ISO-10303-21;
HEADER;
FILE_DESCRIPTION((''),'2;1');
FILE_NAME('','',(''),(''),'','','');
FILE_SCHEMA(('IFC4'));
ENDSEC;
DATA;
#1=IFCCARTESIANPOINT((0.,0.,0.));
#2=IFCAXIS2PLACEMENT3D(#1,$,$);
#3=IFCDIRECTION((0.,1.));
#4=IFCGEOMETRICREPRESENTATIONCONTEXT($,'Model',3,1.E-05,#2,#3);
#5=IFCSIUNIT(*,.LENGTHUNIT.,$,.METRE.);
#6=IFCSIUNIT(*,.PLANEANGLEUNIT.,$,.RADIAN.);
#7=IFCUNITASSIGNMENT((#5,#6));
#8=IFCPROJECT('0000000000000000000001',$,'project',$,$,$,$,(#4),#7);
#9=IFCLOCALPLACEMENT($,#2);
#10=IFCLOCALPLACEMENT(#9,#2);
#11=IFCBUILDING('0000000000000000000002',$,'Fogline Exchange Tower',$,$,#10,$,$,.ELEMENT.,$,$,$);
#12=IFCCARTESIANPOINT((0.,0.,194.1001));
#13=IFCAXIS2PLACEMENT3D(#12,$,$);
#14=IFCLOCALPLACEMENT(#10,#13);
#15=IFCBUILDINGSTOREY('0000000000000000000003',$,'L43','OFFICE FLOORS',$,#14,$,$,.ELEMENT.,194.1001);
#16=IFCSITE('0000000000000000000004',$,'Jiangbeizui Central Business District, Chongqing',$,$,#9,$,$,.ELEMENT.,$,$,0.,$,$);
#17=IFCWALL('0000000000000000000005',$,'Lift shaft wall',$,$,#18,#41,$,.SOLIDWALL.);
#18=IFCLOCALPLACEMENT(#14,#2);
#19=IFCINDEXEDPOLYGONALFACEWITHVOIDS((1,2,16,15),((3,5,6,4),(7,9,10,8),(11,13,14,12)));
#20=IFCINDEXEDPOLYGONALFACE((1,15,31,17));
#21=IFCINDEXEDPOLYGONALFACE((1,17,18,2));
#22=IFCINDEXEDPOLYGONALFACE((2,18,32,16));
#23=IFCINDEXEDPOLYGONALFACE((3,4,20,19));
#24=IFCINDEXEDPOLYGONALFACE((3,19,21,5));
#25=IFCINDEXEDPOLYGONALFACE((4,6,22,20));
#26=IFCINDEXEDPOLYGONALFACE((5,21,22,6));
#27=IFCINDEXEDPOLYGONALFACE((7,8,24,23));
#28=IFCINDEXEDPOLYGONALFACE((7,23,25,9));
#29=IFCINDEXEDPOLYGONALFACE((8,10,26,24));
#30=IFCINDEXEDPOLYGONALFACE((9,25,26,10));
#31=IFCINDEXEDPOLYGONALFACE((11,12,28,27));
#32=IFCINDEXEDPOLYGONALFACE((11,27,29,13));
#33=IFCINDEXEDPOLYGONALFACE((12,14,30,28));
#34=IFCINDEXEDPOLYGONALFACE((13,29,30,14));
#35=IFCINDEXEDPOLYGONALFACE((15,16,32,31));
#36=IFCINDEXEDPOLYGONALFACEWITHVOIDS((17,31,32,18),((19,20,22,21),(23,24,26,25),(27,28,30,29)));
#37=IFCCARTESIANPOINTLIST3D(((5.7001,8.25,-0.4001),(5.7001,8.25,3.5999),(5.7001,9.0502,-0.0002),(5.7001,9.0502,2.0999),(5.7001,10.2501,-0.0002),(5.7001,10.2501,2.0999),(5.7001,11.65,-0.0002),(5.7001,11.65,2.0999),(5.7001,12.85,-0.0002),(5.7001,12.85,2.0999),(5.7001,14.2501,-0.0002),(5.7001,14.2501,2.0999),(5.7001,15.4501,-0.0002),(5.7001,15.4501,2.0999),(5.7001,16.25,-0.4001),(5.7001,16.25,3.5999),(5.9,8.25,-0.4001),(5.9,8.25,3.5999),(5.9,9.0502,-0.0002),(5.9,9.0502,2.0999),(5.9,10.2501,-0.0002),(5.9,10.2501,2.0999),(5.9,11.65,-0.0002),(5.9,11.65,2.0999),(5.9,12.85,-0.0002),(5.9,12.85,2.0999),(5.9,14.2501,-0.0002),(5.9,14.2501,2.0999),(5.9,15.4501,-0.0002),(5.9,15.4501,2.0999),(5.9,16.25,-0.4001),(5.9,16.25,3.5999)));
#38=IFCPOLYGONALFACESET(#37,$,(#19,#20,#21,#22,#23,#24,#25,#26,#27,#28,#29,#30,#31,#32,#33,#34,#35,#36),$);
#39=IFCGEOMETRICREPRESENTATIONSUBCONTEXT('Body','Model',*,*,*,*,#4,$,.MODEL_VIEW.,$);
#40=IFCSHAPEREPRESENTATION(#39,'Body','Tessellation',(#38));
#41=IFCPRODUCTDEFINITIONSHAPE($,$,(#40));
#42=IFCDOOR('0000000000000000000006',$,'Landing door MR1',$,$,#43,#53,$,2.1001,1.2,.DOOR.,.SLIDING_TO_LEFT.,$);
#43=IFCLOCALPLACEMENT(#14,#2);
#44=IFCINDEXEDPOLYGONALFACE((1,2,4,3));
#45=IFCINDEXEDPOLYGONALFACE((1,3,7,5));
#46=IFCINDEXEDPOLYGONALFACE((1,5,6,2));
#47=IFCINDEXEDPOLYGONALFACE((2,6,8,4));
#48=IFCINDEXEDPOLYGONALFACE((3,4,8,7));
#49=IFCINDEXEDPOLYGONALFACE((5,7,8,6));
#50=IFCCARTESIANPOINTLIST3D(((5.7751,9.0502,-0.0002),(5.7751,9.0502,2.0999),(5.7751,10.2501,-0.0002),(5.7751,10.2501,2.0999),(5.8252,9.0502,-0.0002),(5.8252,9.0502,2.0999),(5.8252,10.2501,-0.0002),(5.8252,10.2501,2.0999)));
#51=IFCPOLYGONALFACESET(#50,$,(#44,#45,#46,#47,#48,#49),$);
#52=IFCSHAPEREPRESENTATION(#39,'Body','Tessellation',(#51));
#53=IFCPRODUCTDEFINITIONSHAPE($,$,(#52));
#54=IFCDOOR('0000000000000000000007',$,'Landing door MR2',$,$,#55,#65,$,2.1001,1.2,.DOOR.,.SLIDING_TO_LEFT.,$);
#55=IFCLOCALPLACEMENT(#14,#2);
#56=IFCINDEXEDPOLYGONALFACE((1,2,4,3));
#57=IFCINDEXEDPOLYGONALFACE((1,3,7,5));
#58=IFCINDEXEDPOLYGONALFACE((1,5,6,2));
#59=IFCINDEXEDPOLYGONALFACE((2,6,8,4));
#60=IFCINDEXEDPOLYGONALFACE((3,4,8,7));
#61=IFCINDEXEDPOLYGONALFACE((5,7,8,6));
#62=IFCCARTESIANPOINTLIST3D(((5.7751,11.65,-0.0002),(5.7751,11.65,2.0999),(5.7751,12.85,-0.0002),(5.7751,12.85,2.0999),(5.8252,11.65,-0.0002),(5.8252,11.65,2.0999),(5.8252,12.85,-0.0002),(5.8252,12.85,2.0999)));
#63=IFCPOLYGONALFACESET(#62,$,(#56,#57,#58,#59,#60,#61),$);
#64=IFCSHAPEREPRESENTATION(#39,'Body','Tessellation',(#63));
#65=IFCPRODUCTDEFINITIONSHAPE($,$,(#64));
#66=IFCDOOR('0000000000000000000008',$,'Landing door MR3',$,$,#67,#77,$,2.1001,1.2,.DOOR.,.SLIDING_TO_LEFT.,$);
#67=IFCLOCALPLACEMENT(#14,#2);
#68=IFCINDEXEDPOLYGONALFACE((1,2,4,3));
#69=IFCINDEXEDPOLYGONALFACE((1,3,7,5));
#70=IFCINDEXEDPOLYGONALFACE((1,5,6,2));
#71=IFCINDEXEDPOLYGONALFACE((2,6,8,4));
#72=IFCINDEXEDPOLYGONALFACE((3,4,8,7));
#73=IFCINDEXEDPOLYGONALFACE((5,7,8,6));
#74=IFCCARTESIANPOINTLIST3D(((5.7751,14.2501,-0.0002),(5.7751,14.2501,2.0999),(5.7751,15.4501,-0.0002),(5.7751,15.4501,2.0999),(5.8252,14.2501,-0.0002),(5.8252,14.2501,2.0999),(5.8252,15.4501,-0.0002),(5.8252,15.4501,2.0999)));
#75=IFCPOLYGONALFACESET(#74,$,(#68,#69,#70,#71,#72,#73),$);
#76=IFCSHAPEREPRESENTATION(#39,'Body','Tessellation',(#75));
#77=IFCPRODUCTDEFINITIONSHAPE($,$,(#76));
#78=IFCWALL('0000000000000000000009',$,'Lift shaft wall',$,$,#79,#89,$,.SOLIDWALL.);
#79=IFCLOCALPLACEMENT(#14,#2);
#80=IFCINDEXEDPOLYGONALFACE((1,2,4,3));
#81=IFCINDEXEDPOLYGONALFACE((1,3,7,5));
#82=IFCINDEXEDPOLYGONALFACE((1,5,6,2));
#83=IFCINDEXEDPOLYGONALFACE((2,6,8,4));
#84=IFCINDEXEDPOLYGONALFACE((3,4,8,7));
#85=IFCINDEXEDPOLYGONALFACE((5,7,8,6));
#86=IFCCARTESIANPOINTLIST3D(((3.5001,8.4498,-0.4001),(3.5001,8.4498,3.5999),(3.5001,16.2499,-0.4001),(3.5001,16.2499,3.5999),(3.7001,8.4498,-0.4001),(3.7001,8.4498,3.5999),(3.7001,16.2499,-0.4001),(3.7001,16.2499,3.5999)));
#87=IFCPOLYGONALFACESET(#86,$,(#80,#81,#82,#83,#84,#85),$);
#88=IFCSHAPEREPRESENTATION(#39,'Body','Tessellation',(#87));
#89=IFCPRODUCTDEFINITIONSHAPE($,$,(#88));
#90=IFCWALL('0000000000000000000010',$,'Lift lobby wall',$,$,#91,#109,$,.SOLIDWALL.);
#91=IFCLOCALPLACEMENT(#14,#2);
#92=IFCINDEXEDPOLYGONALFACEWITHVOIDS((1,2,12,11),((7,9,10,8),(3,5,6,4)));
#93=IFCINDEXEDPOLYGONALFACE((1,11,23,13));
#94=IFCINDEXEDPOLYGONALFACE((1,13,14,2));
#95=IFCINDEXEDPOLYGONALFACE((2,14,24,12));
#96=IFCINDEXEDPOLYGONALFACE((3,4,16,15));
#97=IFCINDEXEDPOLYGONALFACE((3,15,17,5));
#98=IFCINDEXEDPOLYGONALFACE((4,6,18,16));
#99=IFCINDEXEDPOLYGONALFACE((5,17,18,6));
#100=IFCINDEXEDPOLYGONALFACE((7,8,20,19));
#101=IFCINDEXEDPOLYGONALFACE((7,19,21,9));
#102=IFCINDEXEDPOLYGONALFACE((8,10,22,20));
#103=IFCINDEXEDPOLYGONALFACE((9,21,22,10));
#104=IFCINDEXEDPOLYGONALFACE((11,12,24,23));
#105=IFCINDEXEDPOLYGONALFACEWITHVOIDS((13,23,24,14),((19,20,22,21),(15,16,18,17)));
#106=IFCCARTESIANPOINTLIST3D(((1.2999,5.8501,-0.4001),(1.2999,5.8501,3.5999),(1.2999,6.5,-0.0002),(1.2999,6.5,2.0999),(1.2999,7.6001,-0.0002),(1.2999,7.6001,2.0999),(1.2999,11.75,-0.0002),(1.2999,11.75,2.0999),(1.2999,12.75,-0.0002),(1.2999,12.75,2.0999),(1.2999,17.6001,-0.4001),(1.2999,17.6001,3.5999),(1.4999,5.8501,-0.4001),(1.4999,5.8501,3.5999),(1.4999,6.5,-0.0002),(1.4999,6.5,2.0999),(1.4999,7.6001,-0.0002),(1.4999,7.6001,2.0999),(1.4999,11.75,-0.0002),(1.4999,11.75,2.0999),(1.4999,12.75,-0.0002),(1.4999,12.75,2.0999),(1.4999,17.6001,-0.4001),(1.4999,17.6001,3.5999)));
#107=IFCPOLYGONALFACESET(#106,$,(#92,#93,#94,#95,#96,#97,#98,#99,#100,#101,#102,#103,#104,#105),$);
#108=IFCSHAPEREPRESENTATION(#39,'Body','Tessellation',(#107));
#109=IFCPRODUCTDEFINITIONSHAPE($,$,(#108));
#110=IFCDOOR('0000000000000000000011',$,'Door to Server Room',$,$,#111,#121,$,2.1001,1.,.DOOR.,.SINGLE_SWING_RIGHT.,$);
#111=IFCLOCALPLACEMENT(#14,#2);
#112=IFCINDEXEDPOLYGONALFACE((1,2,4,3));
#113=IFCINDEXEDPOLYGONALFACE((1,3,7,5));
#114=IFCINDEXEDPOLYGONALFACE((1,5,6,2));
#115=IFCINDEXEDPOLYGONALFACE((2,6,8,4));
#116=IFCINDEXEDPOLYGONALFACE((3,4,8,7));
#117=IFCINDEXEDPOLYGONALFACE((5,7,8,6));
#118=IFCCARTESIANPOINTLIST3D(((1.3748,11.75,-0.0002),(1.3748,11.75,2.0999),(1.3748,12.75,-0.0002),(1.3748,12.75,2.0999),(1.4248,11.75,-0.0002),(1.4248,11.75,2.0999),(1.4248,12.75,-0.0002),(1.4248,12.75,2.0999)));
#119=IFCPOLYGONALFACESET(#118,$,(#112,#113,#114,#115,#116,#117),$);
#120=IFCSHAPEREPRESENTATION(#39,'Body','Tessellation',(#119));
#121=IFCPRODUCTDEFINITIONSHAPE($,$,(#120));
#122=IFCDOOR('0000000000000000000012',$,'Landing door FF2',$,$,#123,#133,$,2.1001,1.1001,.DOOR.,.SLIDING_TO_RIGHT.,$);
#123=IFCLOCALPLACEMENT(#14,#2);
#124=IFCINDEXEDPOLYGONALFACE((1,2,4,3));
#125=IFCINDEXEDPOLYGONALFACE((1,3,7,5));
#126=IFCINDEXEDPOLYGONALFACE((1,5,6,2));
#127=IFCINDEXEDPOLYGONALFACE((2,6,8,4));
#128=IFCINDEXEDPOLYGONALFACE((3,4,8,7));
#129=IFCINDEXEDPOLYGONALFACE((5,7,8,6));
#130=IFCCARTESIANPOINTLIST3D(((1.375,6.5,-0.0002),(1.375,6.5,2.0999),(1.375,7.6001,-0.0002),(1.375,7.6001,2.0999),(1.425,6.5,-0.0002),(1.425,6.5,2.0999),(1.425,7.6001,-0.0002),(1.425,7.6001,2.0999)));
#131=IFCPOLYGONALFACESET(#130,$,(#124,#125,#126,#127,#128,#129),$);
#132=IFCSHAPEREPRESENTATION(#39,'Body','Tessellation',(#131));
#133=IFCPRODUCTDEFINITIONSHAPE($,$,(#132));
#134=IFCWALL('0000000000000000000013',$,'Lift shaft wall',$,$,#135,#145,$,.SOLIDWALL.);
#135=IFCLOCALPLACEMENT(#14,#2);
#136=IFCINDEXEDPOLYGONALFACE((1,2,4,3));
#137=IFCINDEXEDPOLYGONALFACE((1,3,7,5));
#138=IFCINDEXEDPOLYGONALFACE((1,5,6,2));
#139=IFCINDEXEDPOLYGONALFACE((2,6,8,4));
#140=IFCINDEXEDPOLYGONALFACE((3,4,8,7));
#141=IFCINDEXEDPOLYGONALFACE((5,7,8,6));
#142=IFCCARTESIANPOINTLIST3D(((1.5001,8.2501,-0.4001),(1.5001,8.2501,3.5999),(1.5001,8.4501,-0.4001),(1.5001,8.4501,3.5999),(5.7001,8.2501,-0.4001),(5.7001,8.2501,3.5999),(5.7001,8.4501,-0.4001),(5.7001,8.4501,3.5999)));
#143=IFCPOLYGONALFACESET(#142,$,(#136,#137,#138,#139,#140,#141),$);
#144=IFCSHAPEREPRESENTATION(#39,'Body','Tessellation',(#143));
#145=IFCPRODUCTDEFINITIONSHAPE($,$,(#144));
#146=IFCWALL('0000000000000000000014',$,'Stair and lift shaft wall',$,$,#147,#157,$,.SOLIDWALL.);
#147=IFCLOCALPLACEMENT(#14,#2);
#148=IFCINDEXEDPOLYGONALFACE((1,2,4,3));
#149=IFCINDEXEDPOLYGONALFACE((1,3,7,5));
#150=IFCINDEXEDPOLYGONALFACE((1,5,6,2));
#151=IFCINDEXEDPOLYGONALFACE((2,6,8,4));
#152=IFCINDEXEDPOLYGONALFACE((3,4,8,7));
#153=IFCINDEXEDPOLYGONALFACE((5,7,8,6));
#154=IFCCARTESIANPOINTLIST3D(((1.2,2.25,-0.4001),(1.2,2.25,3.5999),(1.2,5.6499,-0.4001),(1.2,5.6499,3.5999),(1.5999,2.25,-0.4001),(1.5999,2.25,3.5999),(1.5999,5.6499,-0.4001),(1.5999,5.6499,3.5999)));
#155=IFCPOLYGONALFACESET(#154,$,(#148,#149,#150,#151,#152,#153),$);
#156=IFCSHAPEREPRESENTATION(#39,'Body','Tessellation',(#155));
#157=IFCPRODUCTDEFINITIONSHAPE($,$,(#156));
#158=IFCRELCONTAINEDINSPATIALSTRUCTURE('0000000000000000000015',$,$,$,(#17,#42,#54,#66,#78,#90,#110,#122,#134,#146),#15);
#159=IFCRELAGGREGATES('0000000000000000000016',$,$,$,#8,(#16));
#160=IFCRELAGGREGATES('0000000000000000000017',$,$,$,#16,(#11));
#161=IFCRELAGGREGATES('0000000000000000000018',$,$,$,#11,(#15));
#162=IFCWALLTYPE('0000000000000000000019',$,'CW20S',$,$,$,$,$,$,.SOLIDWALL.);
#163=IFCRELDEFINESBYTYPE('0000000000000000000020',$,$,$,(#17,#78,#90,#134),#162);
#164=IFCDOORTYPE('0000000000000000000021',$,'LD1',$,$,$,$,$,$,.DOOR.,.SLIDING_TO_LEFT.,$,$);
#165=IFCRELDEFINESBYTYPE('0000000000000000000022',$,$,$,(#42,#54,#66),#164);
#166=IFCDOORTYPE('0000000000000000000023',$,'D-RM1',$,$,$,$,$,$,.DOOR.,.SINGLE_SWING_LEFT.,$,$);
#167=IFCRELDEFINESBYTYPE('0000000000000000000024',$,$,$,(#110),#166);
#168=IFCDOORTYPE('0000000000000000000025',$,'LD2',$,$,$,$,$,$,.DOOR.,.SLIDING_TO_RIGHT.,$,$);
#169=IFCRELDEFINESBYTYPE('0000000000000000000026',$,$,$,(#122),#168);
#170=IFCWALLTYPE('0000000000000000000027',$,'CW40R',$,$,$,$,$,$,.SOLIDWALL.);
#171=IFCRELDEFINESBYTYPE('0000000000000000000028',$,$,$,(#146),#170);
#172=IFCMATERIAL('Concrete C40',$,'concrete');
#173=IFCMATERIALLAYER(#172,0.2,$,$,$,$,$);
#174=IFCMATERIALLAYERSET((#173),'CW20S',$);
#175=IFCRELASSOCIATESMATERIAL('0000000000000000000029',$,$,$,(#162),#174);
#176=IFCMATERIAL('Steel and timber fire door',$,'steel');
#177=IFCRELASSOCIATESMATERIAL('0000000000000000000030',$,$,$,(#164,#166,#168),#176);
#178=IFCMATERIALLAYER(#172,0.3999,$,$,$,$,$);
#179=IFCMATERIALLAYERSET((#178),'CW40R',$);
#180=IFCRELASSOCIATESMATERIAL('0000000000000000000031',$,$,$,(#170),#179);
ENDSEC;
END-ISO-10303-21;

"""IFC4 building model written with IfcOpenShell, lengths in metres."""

from ifc_helpers import new_model, si_unit, direction, frame, frame_2d, origin, place, context, subcontext, project, spatial, rectangle, extrude, material, layer, layer_set, type_object, element, fill, save


model = new_model("IFC4")

# Units and contexts
model_context = context("Model", 3, precision=1e-05, world=origin(), true_north=direction((0.0, 1.0)))
body_context = subcontext(model_context, "Body", "Model", "MODEL_VIEW")
ifc_project = project(units=[si_unit("LENGTHUNIT", "METRE"), si_unit("PLANEANGLEUNIT", "RADIAN")], contexts=[model_context])

# Site, building, storey
site_placement = place(None, origin())
site = spatial("IfcSite", under=ifc_project, at=site_placement, Name="Jiangbeizui Central Business District, Chongqing", CompositionType="ELEMENT", RefElevation=0.0)
building_placement = place(site_placement, origin())
building = spatial("IfcBuilding", under=site, at=building_placement, Name="Fogline Exchange Tower", CompositionType="ELEMENT")
storey_placement = place(building_placement, frame((0.0, 0.0, 194.1001)))
storey = spatial("IfcBuildingStorey", under=building, at=storey_placement, Name="L43", Description="OFFICE FLOORS", CompositionType="ELEMENT", Elevation=194.1001)

# Shared definitions
ifc_material_1 = material(Name="Concrete C40", Category="concrete")

# Shared definitions
ifc_material_2 = material(Name="Steel and timber fire door", Category="steel")

# Wall, openings, doors
ifc_layer_1 = layer(ifc_material_1, 0.2)
ifc_layer_set_1 = layer_set([ifc_layer_1], Name="CW20S")
wall_type_1 = type_object("IfcWallType", Name="CW20S", PredefinedType="SOLIDWALL", material=ifc_layer_set_1)
wall_1_placement = place(storey_placement, frame((5.8, 8.25, -0.4001), z_axis=(0.0, 0.0, 1.0), x_axis=(0.0, 1.0, 0.0)))
wall_1 = element("IfcWall", 1, at=wall_1_placement, inside=storey, type_object=wall_type_1, Name="Lift shaft wall", PredefinedType="SOLIDWALL", context=body_context, shape_type="SweptSolid", body=[
    extrude(rectangle(XDim=8.0, YDim=0.2, at=frame_2d((4.0, 0.0))), origin(), (0.0, 0.0, 1.0), 4.0),
])
opening_1_placement = place(wall_1_placement, frame((0.8, 0.0, 0.3999)))
opening_1 = element("IfcOpeningElement", 2, at=opening_1_placement, cuts=wall_1, PredefinedType="OPENING", context=body_context, shape_type="SweptSolid", body=[
    extrude(rectangle(XDim=1.2, YDim=2.1001, at=frame_2d((0.6001, 1.05))), frame((0.0, 0.1099, 0.0), z_axis=(0.0, -1.0, 0.0), x_axis=(1.0, 0.0, 0.0)), (0.0, 0.0, 1.0), 0.22),
])
opening_2_placement = place(wall_1_placement, frame((3.3999, 0.0, 0.3999)))
opening_2 = element("IfcOpeningElement", 3, at=opening_2_placement, cuts=wall_1, PredefinedType="OPENING", context=body_context, shape_type="SweptSolid", body=[
    extrude(rectangle(XDim=1.2, YDim=2.1001, at=frame_2d((0.6001, 1.05))), frame((0.0, 0.1099, 0.0), z_axis=(0.0, -1.0, 0.0), x_axis=(1.0, 0.0, 0.0)), (0.0, 0.0, 1.0), 0.22),
])
opening_3_placement = place(wall_1_placement, frame((6.0, 0.0, 0.3999)))
opening_3 = element("IfcOpeningElement", 4, at=opening_3_placement, cuts=wall_1, PredefinedType="OPENING", context=body_context, shape_type="SweptSolid", body=[
    extrude(rectangle(XDim=1.2, YDim=2.1001, at=frame_2d((0.6001, 1.05))), frame((0.0, 0.1099, 0.0), z_axis=(0.0, -1.0, 0.0), x_axis=(1.0, 0.0, 0.0)), (0.0, 0.0, 1.0), 0.22),
])
door_type_1 = type_object("IfcDoorType", Name="LD1", OperationType="SLIDING_TO_LEFT", PredefinedType="DOOR", material=ifc_material_2)
door_1_placement = place(opening_1_placement, origin())
door_1 = element("IfcDoor", 5, at=door_1_placement, inside=storey, type_object=door_type_1, Name="Landing door MR1", OperationType="SLIDING_TO_LEFT", OverallHeight=2.1001, OverallWidth=1.2, PredefinedType="DOOR", context=body_context, shape_type="SweptSolid", body=[
    extrude(rectangle(XDim=1.2, YDim=2.1001, at=frame_2d((0.6001, 1.05))), frame((0.0, 0.0249, 0.0), z_axis=(0.0, -1.0, 0.0), x_axis=(1.0, 0.0, 0.0)), (0.0, 0.0, 1.0), 0.05),
])
fill(opening_1, door_1)
door_2_placement = place(opening_2_placement, origin())
door_2 = element("IfcDoor", 6, at=door_2_placement, inside=storey, type_object=door_type_1, Name="Landing door MR2", OperationType="SLIDING_TO_LEFT", OverallHeight=2.1001, OverallWidth=1.2, PredefinedType="DOOR", context=body_context, shape_type="SweptSolid", body=[
    extrude(rectangle(XDim=1.2, YDim=2.1001, at=frame_2d((0.6001, 1.05))), frame((0.0, 0.0249, 0.0), z_axis=(0.0, -1.0, 0.0), x_axis=(1.0, 0.0, 0.0)), (0.0, 0.0, 1.0), 0.05),
])
fill(opening_2, door_2)
door_3_placement = place(opening_3_placement, origin())
door_3 = element("IfcDoor", 7, at=door_3_placement, inside=storey, type_object=door_type_1, Name="Landing door MR3", OperationType="SLIDING_TO_LEFT", OverallHeight=2.1001, OverallWidth=1.2, PredefinedType="DOOR", context=body_context, shape_type="SweptSolid", body=[
    extrude(rectangle(XDim=1.2, YDim=2.1001, at=frame_2d((0.6001, 1.05))), frame((0.0, 0.0249, 0.0), z_axis=(0.0, -1.0, 0.0), x_axis=(1.0, 0.0, 0.0)), (0.0, 0.0, 1.0), 0.05),
])
fill(opening_3, door_3)

# Wall
wall_2_placement = place(storey_placement, frame((3.6001, 8.45, -0.4001), z_axis=(0.0, 0.0, 1.0), x_axis=(0.0, 1.0, 0.0)))
element("IfcWall", 8, at=wall_2_placement, inside=storey, type_object=wall_type_1, Name="Lift shaft wall", PredefinedType="SOLIDWALL", context=body_context, shape_type="SweptSolid", body=[
    extrude(rectangle(XDim=7.8, YDim=0.2, at=frame_2d((3.8999, 0.0))), origin(), (0.0, 0.0, 1.0), 4.0),
])

# Wall, openings, doors
wall_3_placement = place(storey_placement, frame((1.3999, 5.8501, -0.4001), z_axis=(0.0, 0.0, 1.0), x_axis=(0.0, 1.0, 0.0)))
wall_3 = element("IfcWall", 9, at=wall_3_placement, inside=storey, type_object=wall_type_1, Name="Lift lobby wall", PredefinedType="SOLIDWALL", context=body_context, shape_type="SweptSolid", body=[
    extrude(rectangle(XDim=11.75, YDim=0.2, at=frame_2d((5.875, 0.0))), origin(), (0.0, 0.0, 1.0), 4.0),
])
opening_4_placement = place(wall_3_placement, frame((0.6499, 0.0, 0.3999)))
opening_4 = element("IfcOpeningElement", 10, at=opening_4_placement, cuts=wall_3, PredefinedType="OPENING", context=body_context, shape_type="SweptSolid", body=[
    extrude(rectangle(XDim=1.1001, YDim=2.1001, at=frame_2d((0.55, 1.05))), frame((0.0, 0.1099, 0.0), z_axis=(0.0, -1.0, 0.0), x_axis=(1.0, 0.0, 0.0)), (0.0, 0.0, 1.0), 0.22),
])
opening_5_placement = place(wall_3_placement, frame((5.8999, 0.0, 0.3999)))
opening_5 = element("IfcOpeningElement", 11, at=opening_5_placement, cuts=wall_3, PredefinedType="OPENING", context=body_context, shape_type="SweptSolid", body=[
    extrude(rectangle(XDim=1.0, YDim=2.1001, at=frame_2d((0.5, 1.05))), frame((0.0, 0.1099, 0.0), z_axis=(0.0, -1.0, 0.0), x_axis=(1.0, 0.0, 0.0)), (0.0, 0.0, 1.0), 0.22),
])
door_type_2 = type_object("IfcDoorType", Name="D-RM1", OperationType="SINGLE_SWING_LEFT", PredefinedType="DOOR", material=ifc_material_2)
door_4_placement = place(opening_5_placement, frame((1.0, 0.0, 0.0), z_axis=(0.0, 0.0, 1.0), x_axis=(-1.0, 0.0, 0.0)))
door_4 = element("IfcDoor", 12, at=door_4_placement, inside=storey, type_object=door_type_2, Name="Door to Server Room", OperationType="SINGLE_SWING_RIGHT", OverallHeight=2.1001, OverallWidth=1.0, PredefinedType="DOOR", context=body_context, shape_type="SweptSolid", body=[
    extrude(rectangle(XDim=1.0, YDim=2.1001, at=frame_2d((0.5, 1.05))), frame((0.0, 0.0249, 0.0), z_axis=(0.0, -1.0, 0.0), x_axis=(1.0, 0.0, 0.0)), (0.0, 0.0, 1.0), 0.05),
])
fill(opening_5, door_4)
door_type_3 = type_object("IfcDoorType", Name="LD2", OperationType="SLIDING_TO_RIGHT", PredefinedType="DOOR", material=ifc_material_2)
door_5_placement = place(opening_4_placement, origin())
door_5 = element("IfcDoor", 13, at=door_5_placement, inside=storey, type_object=door_type_3, Name="Landing door FF2", OperationType="SLIDING_TO_RIGHT", OverallHeight=2.1001, OverallWidth=1.1001, PredefinedType="DOOR", context=body_context, shape_type="SweptSolid", body=[
    extrude(rectangle(XDim=1.1001, YDim=2.1001, at=frame_2d((0.55, 1.05))), frame((0.0, 0.0249, 0.0), z_axis=(0.0, -1.0, 0.0), x_axis=(1.0, 0.0, 0.0)), (0.0, 0.0, 1.0), 0.05),
])
fill(opening_4, door_5)

# Walls
wall_4_placement = place(storey_placement, frame((1.5, 8.3501, -0.4001), z_axis=(0.0, 0.0, 1.0), x_axis=(1.0, 0.0, 0.0)))
element("IfcWall", 14, at=wall_4_placement, inside=storey, type_object=wall_type_1, Name="Lift shaft wall", PredefinedType="SOLIDWALL", context=body_context, shape_type="SweptSolid", body=[
    extrude(rectangle(XDim=4.2, YDim=0.2, at=frame_2d((2.1001, 0.0))), origin(), (0.0, 0.0, 1.0), 4.0),
])
ifc_layer_2 = layer(ifc_material_1, 0.3999)
ifc_layer_set_2 = layer_set([ifc_layer_2], Name="CW40R")
wall_type_2 = type_object("IfcWallType", Name="CW40R", PredefinedType="SOLIDWALL", material=ifc_layer_set_2)
wall_5_placement = place(storey_placement, frame((1.3999, 2.25, -0.4001), z_axis=(0.0, 0.0, 1.0), x_axis=(0.0, 1.0, 0.0)))
element("IfcWall", 15, at=wall_5_placement, inside=storey, type_object=wall_type_2, Name="Stair and lift shaft wall", PredefinedType="SOLIDWALL", context=body_context, shape_type="SweptSolid", body=[
    extrude(rectangle(XDim=3.3999, YDim=0.3999, at=frame_2d((1.7, 0.0))), origin(), (0.0, 0.0, 1.0), 4.0),
])

save(model, "model.ifc")
